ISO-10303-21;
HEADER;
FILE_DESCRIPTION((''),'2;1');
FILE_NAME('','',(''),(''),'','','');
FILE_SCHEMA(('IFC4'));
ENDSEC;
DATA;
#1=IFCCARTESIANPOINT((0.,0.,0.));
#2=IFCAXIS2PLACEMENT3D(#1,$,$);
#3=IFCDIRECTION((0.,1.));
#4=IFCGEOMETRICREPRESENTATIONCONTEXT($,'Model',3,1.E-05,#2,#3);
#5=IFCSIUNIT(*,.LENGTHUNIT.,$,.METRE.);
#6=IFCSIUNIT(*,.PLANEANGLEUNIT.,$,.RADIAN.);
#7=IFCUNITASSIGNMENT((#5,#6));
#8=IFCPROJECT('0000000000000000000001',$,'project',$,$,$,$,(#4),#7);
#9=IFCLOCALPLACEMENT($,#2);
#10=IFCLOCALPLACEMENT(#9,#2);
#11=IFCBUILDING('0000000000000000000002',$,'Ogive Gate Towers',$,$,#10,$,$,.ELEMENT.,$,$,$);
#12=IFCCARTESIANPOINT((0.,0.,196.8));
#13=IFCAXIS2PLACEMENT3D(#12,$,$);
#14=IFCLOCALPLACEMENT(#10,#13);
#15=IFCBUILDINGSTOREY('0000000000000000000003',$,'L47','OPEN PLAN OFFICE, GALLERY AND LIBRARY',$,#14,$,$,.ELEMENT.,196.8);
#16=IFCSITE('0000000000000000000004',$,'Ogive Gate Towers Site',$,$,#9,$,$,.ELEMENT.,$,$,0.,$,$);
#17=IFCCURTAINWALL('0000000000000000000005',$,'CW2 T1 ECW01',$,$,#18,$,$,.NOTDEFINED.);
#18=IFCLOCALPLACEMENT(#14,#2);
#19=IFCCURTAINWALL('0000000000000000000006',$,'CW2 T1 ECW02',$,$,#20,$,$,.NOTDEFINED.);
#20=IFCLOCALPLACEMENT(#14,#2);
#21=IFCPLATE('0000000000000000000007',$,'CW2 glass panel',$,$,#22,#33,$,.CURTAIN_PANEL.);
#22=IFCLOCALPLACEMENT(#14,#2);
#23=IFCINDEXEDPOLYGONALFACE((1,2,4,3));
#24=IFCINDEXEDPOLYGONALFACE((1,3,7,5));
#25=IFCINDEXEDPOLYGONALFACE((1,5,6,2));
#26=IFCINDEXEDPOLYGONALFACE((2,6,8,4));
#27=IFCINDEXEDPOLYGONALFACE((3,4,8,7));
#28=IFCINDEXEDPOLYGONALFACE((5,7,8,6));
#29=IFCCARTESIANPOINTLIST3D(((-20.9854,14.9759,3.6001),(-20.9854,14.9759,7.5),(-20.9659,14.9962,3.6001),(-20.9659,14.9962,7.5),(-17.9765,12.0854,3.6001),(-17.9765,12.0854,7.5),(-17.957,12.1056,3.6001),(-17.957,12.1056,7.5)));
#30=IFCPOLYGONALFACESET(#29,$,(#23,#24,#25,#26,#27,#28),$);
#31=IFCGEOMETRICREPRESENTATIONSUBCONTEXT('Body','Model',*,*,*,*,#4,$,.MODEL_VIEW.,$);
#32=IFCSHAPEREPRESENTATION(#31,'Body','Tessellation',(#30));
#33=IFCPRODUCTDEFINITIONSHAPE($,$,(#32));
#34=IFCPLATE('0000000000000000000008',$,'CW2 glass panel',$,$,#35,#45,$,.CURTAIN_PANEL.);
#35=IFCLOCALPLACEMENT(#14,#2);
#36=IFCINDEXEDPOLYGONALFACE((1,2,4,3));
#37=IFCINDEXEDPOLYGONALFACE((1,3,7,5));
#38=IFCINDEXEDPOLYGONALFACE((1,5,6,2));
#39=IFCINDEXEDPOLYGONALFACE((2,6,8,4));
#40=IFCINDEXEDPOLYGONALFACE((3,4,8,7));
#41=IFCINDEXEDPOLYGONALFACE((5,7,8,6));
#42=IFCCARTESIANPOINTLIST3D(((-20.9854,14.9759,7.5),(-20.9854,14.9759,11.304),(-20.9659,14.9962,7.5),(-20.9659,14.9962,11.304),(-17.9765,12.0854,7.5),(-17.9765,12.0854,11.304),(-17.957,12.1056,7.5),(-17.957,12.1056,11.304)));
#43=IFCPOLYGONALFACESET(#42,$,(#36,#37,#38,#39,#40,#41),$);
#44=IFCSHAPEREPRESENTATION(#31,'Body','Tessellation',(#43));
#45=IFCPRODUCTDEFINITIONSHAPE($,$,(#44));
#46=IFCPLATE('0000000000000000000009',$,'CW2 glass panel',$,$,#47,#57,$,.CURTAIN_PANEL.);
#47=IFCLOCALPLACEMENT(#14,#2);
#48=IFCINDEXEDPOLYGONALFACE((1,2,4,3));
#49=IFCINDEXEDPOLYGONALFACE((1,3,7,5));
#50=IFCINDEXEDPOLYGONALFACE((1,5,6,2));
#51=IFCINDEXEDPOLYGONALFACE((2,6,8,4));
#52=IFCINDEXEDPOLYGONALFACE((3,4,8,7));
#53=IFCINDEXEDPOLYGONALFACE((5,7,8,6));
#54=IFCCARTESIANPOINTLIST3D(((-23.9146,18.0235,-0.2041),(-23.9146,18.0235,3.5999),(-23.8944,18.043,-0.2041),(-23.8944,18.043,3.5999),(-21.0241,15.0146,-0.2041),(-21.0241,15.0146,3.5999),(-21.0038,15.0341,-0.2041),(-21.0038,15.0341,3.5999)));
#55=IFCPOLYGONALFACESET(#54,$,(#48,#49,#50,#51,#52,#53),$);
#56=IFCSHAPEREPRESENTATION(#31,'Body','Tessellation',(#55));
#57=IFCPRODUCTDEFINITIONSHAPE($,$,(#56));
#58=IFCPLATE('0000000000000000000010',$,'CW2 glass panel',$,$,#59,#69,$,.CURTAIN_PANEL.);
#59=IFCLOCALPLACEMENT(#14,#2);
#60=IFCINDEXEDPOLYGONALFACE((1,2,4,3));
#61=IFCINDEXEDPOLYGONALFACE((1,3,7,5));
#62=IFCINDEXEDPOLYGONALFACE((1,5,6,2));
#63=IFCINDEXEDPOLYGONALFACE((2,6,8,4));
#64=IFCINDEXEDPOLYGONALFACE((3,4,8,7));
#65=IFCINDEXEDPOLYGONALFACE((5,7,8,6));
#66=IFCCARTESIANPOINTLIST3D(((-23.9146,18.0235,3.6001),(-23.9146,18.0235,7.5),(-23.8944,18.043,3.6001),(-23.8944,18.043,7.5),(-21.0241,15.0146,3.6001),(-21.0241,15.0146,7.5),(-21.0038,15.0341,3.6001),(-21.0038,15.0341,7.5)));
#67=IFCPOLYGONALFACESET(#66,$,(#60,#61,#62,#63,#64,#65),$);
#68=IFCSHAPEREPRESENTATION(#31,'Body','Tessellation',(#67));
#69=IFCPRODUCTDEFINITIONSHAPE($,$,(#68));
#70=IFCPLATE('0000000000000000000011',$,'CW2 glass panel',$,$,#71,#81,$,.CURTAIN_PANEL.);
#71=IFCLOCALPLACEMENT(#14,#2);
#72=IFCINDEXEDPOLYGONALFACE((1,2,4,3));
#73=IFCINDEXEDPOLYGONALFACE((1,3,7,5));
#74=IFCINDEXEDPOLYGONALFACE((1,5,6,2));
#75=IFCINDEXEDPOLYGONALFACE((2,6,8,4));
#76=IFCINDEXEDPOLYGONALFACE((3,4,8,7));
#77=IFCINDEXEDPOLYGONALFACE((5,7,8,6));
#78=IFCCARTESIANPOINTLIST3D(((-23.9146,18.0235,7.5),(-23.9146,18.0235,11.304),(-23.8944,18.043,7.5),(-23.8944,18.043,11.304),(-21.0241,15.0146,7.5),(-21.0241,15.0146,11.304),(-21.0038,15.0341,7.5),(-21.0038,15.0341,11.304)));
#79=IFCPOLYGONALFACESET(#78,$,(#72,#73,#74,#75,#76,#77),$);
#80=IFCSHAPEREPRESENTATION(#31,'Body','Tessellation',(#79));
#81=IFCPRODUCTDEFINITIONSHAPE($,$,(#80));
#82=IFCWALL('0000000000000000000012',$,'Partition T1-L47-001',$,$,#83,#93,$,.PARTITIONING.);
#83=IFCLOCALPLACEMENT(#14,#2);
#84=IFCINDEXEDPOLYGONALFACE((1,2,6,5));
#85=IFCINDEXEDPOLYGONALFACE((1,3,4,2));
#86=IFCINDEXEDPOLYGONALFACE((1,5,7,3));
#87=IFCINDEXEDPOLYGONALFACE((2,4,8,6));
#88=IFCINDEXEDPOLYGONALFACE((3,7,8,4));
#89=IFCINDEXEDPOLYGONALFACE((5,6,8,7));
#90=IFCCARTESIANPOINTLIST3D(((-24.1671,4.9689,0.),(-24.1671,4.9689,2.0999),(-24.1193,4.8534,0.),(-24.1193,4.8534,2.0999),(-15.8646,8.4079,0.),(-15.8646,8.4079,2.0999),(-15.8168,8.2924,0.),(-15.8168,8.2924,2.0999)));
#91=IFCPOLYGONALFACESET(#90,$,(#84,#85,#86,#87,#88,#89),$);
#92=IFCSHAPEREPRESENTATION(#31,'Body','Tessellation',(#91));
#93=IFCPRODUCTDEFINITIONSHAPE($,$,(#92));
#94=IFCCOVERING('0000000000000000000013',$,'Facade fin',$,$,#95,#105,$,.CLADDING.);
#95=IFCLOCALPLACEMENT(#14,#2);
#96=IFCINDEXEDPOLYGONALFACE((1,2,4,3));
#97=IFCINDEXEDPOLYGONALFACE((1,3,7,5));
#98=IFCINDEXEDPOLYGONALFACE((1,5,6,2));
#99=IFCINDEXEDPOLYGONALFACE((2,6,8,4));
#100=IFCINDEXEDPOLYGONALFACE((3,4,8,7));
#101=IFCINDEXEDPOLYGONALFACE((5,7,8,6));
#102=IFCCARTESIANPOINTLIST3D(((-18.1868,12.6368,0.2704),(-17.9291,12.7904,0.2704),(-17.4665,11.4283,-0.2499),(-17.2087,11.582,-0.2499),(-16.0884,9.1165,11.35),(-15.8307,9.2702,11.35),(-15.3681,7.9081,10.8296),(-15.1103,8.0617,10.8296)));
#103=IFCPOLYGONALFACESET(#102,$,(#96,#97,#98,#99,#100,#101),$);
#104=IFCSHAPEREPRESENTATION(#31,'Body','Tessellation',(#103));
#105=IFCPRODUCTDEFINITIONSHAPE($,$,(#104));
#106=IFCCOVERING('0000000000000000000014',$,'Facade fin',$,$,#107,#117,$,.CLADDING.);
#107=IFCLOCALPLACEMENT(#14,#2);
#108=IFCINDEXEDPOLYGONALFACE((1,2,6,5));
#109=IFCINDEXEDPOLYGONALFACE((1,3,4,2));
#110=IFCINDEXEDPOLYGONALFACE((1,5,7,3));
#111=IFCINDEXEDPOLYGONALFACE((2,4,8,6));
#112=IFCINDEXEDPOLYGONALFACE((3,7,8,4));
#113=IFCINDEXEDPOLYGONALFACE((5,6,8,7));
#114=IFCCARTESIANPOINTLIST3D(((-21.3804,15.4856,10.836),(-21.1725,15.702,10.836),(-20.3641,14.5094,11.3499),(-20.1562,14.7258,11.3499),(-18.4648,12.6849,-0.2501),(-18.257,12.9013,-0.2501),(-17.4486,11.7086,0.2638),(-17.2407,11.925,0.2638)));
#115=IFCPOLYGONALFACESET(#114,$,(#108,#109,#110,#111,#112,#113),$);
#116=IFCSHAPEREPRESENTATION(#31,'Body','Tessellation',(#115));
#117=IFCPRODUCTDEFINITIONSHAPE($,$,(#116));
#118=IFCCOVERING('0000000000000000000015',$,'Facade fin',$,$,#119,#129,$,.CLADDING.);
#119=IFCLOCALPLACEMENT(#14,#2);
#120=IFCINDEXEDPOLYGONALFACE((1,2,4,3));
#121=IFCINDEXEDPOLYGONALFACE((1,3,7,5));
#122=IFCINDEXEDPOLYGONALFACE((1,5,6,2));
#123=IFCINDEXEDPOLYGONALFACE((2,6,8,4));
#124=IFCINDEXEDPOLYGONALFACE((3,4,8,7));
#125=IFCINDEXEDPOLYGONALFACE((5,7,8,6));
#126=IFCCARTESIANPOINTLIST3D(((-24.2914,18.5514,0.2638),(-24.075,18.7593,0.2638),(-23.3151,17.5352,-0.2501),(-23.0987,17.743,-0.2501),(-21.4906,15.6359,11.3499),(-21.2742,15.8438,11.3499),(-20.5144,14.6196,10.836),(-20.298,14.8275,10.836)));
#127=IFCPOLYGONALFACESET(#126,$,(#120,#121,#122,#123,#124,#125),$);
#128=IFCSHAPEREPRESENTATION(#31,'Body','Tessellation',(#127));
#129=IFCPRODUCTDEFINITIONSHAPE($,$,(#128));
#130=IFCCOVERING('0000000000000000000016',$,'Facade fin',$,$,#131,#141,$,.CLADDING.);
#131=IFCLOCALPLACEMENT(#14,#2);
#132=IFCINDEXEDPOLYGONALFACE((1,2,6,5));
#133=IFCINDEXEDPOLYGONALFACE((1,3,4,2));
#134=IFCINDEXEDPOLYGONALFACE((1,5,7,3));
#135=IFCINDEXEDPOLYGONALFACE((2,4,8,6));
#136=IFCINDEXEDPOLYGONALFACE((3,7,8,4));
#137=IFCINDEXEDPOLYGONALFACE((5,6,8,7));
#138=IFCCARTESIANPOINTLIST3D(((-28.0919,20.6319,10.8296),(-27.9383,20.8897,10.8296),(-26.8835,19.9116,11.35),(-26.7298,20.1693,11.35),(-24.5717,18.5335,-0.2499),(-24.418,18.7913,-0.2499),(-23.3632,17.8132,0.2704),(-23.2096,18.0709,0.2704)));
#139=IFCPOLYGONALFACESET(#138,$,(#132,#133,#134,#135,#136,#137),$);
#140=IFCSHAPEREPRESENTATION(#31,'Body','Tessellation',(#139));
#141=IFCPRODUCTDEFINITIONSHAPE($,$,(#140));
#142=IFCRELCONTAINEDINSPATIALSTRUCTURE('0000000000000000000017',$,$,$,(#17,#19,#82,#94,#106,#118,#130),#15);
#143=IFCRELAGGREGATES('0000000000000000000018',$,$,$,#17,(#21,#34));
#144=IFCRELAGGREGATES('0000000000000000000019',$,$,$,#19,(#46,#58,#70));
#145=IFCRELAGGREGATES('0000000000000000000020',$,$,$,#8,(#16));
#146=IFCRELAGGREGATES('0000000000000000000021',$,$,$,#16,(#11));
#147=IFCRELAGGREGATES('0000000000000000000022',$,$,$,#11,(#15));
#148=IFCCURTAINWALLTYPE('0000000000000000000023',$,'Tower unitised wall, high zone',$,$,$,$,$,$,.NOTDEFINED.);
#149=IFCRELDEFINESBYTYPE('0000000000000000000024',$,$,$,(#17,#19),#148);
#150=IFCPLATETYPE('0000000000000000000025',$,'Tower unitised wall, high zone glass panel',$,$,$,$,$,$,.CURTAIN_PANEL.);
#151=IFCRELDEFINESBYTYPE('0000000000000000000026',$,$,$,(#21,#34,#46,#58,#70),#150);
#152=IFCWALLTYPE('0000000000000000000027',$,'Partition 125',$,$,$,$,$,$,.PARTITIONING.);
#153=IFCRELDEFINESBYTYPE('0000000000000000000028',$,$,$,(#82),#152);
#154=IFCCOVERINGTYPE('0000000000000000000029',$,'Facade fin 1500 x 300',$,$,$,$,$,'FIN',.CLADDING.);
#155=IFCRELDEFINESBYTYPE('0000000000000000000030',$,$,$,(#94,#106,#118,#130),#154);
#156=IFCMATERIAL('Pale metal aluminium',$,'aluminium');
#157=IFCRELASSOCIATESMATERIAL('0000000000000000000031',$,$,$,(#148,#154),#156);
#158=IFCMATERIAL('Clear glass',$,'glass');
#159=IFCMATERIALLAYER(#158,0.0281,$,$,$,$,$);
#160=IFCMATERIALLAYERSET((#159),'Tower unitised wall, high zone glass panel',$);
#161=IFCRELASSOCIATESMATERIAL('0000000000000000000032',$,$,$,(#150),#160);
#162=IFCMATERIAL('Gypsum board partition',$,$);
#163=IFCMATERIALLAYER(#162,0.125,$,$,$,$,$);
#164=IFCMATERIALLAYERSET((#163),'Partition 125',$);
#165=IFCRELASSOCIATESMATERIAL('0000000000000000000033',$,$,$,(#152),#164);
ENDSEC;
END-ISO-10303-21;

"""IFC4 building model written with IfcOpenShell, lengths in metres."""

from ifc_helpers import new_model, si_unit, direction, frame, frame_2d, origin, origin_2d, place, context, subcontext, project, spatial, rectangle, extrude, material, layer, layer_set, material_profile, profile_set, type_object, element, aggregate, save


model = new_model("IFC4")

# Units and contexts
model_context = context("Model", 3, precision=1e-05, world=origin(), true_north=direction((0.0, 1.0)))
body_context = subcontext(model_context, "Body", "Model", "MODEL_VIEW")
ifc_project = project(units=[si_unit("LENGTHUNIT", "METRE"), si_unit("PLANEANGLEUNIT", "RADIAN")], contexts=[model_context])

# Site, building, storey
site_placement = place(None, origin())
site = spatial("IfcSite", under=ifc_project, at=site_placement, Name="Ogive Gate Towers Site", CompositionType="ELEMENT", RefElevation=0.0)
building_placement = place(site_placement, origin())
building = spatial("IfcBuilding", under=site, at=building_placement, Name="Ogive Gate Towers", CompositionType="ELEMENT")
storey_placement = place(building_placement, frame((0.0, 0.0, 196.8)))
storey = spatial("IfcBuildingStorey", under=building, at=storey_placement, Name="L47", Description="OPEN PLAN OFFICE, GALLERY AND LIBRARY", CompositionType="ELEMENT", Elevation=196.8)

# Curtain wall
ifc_material_1 = material(Name="Pale metal aluminium", Category="aluminium")
curtain_wall_type = type_object("IfcCurtainWallType", Name="Tower unitised wall, high zone", PredefinedType="NOTDEFINED", material=ifc_material_1)
curtain_wall_1_placement = place(storey_placement, origin())
curtain_wall_1 = element("IfcCurtainWall", 1, at=curtain_wall_1_placement, inside=storey, type_object=curtain_wall_type, Name="CW2 T1 ECW01", PredefinedType="NOTDEFINED")

# Curtain wall
curtain_wall_2_placement = place(storey_placement, origin())
curtain_wall_2 = element("IfcCurtainWall", 2, at=curtain_wall_2_placement, inside=storey, type_object=curtain_wall_type, Name="CW2 T1 ECW02", PredefinedType="NOTDEFINED")

# Plates
ifc_material_2 = material(Name="Clear glass", Category="glass")
ifc_layer_1 = layer(ifc_material_2, 0.0281)
ifc_layer_set_1 = layer_set([ifc_layer_1], Name="Tower unitised wall, high zone glass panel")
plate_type = type_object("IfcPlateType", Name="Tower unitised wall, high zone glass panel", PredefinedType="CURTAIN_PANEL", material=ifc_layer_set_1)
plate_1_placement = place(storey_placement, frame((-19.4712, 13.5408, 3.6001), z_axis=(0.0, 0.0, 1.0), x_axis=(-0.721144, 0.692785, 0.0)))
plate_1 = element("IfcPlate", 3, at=plate_1_placement, type_object=plate_type, Name="CW2 glass panel", PredefinedType="CURTAIN_PANEL", context=body_context, shape_type="SweptSolid", body=[
    extrude(rectangle(XDim=4.1724, YDim=0.0281, at=origin_2d()), origin(), (0.0, 0.0, 1.0), 3.8999),
])
plate_2_placement = place(storey_placement, frame((-19.4712, 13.5408, 7.5), z_axis=(0.0, 0.0, 1.0), x_axis=(-0.721144, 0.692785, 0.0)))
plate_2 = element("IfcPlate", 4, at=plate_2_placement, type_object=plate_type, Name="CW2 glass panel", PredefinedType="CURTAIN_PANEL", context=body_context, shape_type="SweptSolid", body=[
    extrude(rectangle(XDim=4.1724, YDim=0.0281, at=origin_2d()), origin(), (0.0, 0.0, 1.0), 3.804),
])
aggregate(curtain_wall_1, [plate_1, plate_2])
plate_3_placement = place(storey_placement, frame((-22.4592, 16.5288, -0.2041), z_axis=(0.0, 0.0, 1.0), x_axis=(-0.692785, 0.721144, 0.0)))
plate_3 = element("IfcPlate", 5, at=plate_3_placement, type_object=plate_type, Name="CW2 glass panel", PredefinedType="CURTAIN_PANEL", context=body_context, shape_type="SweptSolid", body=[
    extrude(rectangle(XDim=4.1724, YDim=0.0281, at=origin_2d()), origin(), (0.0, 0.0, 1.0), 3.804),
])
plate_4_placement = place(storey_placement, frame((-22.4592, 16.5288, 3.6001), z_axis=(0.0, 0.0, 1.0), x_axis=(-0.692785, 0.721144, 0.0)))
plate_4 = element("IfcPlate", 6, at=plate_4_placement, type_object=plate_type, Name="CW2 glass panel", PredefinedType="CURTAIN_PANEL", context=body_context, shape_type="SweptSolid", body=[
    extrude(rectangle(XDim=4.1724, YDim=0.0281, at=origin_2d()), origin(), (0.0, 0.0, 1.0), 3.8999),
])
plate_5_placement = place(storey_placement, frame((-22.4592, 16.5288, 7.5), z_axis=(0.0, 0.0, 1.0), x_axis=(-0.692785, 0.721144, 0.0)))
plate_5 = element("IfcPlate", 7, at=plate_5_placement, type_object=plate_type, Name="CW2 glass panel", PredefinedType="CURTAIN_PANEL", context=body_context, shape_type="SweptSolid", body=[
    extrude(rectangle(XDim=4.1724, YDim=0.0281, at=origin_2d()), origin(), (0.0, 0.0, 1.0), 3.804),
])
aggregate(curtain_wall_2, [plate_3, plate_4, plate_5])

# Wall
ifc_material_3 = material(Name="Gypsum board partition")
ifc_layer_2 = layer(ifc_material_3, 0.125)
ifc_layer_set_2 = layer_set([ifc_layer_2], Name="Partition 125")
wall_type = type_object("IfcWallType", Name="Partition 125", PredefinedType="PARTITIONING", material=ifc_layer_set_2)
wall_placement = place(storey_placement, frame((-15.8408, 8.3501, 0.0), z_axis=(0.0, 0.0, 1.0), x_axis=(-0.923881, -0.38268, 0.0)))
element("IfcWall", 8, at=wall_placement, inside=storey, type_object=wall_type, Name="Partition T1-L47-001", PredefinedType="PARTITIONING", context=body_context, shape_type="SweptSolid", body=[
    extrude(rectangle(XDim=8.9866, YDim=0.125, at=frame_2d((4.4932, 0.0))), origin(), (0.0, 0.0, 1.0), 2.0999),
])

# Coverings
ifc_material_profile_1 = material_profile(ifc_material_1, rectangle(XDim=0.3, YDim=1.5, at=origin_2d()), Name="1500 x 300 pale metal aluminium")
ifc_profile_set_1 = profile_set([ifc_material_profile_1], Name="Pale metal aluminium")
covering_type = type_object("IfcCoveringType", Name="Facade fin 1500 x 300", ElementType="FIN", PredefinedType="CLADDING", material=ifc_profile_set_1)
covering_1_placement = place(storey_placement, frame((-17.6978, 12.1094, 0.0103), z_axis=(0.17763, -0.297993, 0.937895), x_axis=(0.858972, 0.512023, 0.0)))
element("IfcCovering", 9, at=covering_1_placement, inside=storey, type_object=covering_type, Name="Facade fin", PredefinedType="CLADDING", context=body_context, shape_type="SweptSolid", body=[
    extrude(rectangle(XDim=0.3, YDim=1.5, at=origin_2d()), origin(), (0.0, 0.0, 1.0), 11.8132),
])
for number, where, z_axis, x_axis, name in (
    (10, (-17.8528, 12.3049, 0.0068), (-0.247071, 0.237347, 0.93948), (-0.692773, -0.721156, 0.0), "Facade fin"),
    (11, (-23.6951, 18.1472, 0.0068), (0.237347, -0.247071, 0.93948), (0.721156, 0.692773, 0.0), "Facade fin"),
):
    element("IfcCovering", number, at=place(storey_placement, frame(where, z_axis=z_axis, x_axis=x_axis)), inside=storey, type_object=covering_type, Name=name, PredefinedType="CLADDING", context=body_context, shape_type="SweptSolid", body=[
        extrude(rectangle(XDim=0.3, YDim=1.5, at=origin_2d()), origin(), (0.0, 0.0, 1.0), 11.8003),
    ])
covering_2_placement = place(storey_placement, frame((-23.8906, 18.3022, 0.0103), z_axis=(-0.297993, 0.17763, 0.937895), x_axis=(-0.512023, -0.858972, 0.0)))
element("IfcCovering", 12, at=covering_2_placement, inside=storey, type_object=covering_type, Name="Facade fin", PredefinedType="CLADDING", context=body_context, shape_type="SweptSolid", body=[
    extrude(rectangle(XDim=0.3, YDim=1.5, at=origin_2d()), origin(), (0.0, 0.0, 1.0), 11.8132),
])

save(model, "model.ifc")
